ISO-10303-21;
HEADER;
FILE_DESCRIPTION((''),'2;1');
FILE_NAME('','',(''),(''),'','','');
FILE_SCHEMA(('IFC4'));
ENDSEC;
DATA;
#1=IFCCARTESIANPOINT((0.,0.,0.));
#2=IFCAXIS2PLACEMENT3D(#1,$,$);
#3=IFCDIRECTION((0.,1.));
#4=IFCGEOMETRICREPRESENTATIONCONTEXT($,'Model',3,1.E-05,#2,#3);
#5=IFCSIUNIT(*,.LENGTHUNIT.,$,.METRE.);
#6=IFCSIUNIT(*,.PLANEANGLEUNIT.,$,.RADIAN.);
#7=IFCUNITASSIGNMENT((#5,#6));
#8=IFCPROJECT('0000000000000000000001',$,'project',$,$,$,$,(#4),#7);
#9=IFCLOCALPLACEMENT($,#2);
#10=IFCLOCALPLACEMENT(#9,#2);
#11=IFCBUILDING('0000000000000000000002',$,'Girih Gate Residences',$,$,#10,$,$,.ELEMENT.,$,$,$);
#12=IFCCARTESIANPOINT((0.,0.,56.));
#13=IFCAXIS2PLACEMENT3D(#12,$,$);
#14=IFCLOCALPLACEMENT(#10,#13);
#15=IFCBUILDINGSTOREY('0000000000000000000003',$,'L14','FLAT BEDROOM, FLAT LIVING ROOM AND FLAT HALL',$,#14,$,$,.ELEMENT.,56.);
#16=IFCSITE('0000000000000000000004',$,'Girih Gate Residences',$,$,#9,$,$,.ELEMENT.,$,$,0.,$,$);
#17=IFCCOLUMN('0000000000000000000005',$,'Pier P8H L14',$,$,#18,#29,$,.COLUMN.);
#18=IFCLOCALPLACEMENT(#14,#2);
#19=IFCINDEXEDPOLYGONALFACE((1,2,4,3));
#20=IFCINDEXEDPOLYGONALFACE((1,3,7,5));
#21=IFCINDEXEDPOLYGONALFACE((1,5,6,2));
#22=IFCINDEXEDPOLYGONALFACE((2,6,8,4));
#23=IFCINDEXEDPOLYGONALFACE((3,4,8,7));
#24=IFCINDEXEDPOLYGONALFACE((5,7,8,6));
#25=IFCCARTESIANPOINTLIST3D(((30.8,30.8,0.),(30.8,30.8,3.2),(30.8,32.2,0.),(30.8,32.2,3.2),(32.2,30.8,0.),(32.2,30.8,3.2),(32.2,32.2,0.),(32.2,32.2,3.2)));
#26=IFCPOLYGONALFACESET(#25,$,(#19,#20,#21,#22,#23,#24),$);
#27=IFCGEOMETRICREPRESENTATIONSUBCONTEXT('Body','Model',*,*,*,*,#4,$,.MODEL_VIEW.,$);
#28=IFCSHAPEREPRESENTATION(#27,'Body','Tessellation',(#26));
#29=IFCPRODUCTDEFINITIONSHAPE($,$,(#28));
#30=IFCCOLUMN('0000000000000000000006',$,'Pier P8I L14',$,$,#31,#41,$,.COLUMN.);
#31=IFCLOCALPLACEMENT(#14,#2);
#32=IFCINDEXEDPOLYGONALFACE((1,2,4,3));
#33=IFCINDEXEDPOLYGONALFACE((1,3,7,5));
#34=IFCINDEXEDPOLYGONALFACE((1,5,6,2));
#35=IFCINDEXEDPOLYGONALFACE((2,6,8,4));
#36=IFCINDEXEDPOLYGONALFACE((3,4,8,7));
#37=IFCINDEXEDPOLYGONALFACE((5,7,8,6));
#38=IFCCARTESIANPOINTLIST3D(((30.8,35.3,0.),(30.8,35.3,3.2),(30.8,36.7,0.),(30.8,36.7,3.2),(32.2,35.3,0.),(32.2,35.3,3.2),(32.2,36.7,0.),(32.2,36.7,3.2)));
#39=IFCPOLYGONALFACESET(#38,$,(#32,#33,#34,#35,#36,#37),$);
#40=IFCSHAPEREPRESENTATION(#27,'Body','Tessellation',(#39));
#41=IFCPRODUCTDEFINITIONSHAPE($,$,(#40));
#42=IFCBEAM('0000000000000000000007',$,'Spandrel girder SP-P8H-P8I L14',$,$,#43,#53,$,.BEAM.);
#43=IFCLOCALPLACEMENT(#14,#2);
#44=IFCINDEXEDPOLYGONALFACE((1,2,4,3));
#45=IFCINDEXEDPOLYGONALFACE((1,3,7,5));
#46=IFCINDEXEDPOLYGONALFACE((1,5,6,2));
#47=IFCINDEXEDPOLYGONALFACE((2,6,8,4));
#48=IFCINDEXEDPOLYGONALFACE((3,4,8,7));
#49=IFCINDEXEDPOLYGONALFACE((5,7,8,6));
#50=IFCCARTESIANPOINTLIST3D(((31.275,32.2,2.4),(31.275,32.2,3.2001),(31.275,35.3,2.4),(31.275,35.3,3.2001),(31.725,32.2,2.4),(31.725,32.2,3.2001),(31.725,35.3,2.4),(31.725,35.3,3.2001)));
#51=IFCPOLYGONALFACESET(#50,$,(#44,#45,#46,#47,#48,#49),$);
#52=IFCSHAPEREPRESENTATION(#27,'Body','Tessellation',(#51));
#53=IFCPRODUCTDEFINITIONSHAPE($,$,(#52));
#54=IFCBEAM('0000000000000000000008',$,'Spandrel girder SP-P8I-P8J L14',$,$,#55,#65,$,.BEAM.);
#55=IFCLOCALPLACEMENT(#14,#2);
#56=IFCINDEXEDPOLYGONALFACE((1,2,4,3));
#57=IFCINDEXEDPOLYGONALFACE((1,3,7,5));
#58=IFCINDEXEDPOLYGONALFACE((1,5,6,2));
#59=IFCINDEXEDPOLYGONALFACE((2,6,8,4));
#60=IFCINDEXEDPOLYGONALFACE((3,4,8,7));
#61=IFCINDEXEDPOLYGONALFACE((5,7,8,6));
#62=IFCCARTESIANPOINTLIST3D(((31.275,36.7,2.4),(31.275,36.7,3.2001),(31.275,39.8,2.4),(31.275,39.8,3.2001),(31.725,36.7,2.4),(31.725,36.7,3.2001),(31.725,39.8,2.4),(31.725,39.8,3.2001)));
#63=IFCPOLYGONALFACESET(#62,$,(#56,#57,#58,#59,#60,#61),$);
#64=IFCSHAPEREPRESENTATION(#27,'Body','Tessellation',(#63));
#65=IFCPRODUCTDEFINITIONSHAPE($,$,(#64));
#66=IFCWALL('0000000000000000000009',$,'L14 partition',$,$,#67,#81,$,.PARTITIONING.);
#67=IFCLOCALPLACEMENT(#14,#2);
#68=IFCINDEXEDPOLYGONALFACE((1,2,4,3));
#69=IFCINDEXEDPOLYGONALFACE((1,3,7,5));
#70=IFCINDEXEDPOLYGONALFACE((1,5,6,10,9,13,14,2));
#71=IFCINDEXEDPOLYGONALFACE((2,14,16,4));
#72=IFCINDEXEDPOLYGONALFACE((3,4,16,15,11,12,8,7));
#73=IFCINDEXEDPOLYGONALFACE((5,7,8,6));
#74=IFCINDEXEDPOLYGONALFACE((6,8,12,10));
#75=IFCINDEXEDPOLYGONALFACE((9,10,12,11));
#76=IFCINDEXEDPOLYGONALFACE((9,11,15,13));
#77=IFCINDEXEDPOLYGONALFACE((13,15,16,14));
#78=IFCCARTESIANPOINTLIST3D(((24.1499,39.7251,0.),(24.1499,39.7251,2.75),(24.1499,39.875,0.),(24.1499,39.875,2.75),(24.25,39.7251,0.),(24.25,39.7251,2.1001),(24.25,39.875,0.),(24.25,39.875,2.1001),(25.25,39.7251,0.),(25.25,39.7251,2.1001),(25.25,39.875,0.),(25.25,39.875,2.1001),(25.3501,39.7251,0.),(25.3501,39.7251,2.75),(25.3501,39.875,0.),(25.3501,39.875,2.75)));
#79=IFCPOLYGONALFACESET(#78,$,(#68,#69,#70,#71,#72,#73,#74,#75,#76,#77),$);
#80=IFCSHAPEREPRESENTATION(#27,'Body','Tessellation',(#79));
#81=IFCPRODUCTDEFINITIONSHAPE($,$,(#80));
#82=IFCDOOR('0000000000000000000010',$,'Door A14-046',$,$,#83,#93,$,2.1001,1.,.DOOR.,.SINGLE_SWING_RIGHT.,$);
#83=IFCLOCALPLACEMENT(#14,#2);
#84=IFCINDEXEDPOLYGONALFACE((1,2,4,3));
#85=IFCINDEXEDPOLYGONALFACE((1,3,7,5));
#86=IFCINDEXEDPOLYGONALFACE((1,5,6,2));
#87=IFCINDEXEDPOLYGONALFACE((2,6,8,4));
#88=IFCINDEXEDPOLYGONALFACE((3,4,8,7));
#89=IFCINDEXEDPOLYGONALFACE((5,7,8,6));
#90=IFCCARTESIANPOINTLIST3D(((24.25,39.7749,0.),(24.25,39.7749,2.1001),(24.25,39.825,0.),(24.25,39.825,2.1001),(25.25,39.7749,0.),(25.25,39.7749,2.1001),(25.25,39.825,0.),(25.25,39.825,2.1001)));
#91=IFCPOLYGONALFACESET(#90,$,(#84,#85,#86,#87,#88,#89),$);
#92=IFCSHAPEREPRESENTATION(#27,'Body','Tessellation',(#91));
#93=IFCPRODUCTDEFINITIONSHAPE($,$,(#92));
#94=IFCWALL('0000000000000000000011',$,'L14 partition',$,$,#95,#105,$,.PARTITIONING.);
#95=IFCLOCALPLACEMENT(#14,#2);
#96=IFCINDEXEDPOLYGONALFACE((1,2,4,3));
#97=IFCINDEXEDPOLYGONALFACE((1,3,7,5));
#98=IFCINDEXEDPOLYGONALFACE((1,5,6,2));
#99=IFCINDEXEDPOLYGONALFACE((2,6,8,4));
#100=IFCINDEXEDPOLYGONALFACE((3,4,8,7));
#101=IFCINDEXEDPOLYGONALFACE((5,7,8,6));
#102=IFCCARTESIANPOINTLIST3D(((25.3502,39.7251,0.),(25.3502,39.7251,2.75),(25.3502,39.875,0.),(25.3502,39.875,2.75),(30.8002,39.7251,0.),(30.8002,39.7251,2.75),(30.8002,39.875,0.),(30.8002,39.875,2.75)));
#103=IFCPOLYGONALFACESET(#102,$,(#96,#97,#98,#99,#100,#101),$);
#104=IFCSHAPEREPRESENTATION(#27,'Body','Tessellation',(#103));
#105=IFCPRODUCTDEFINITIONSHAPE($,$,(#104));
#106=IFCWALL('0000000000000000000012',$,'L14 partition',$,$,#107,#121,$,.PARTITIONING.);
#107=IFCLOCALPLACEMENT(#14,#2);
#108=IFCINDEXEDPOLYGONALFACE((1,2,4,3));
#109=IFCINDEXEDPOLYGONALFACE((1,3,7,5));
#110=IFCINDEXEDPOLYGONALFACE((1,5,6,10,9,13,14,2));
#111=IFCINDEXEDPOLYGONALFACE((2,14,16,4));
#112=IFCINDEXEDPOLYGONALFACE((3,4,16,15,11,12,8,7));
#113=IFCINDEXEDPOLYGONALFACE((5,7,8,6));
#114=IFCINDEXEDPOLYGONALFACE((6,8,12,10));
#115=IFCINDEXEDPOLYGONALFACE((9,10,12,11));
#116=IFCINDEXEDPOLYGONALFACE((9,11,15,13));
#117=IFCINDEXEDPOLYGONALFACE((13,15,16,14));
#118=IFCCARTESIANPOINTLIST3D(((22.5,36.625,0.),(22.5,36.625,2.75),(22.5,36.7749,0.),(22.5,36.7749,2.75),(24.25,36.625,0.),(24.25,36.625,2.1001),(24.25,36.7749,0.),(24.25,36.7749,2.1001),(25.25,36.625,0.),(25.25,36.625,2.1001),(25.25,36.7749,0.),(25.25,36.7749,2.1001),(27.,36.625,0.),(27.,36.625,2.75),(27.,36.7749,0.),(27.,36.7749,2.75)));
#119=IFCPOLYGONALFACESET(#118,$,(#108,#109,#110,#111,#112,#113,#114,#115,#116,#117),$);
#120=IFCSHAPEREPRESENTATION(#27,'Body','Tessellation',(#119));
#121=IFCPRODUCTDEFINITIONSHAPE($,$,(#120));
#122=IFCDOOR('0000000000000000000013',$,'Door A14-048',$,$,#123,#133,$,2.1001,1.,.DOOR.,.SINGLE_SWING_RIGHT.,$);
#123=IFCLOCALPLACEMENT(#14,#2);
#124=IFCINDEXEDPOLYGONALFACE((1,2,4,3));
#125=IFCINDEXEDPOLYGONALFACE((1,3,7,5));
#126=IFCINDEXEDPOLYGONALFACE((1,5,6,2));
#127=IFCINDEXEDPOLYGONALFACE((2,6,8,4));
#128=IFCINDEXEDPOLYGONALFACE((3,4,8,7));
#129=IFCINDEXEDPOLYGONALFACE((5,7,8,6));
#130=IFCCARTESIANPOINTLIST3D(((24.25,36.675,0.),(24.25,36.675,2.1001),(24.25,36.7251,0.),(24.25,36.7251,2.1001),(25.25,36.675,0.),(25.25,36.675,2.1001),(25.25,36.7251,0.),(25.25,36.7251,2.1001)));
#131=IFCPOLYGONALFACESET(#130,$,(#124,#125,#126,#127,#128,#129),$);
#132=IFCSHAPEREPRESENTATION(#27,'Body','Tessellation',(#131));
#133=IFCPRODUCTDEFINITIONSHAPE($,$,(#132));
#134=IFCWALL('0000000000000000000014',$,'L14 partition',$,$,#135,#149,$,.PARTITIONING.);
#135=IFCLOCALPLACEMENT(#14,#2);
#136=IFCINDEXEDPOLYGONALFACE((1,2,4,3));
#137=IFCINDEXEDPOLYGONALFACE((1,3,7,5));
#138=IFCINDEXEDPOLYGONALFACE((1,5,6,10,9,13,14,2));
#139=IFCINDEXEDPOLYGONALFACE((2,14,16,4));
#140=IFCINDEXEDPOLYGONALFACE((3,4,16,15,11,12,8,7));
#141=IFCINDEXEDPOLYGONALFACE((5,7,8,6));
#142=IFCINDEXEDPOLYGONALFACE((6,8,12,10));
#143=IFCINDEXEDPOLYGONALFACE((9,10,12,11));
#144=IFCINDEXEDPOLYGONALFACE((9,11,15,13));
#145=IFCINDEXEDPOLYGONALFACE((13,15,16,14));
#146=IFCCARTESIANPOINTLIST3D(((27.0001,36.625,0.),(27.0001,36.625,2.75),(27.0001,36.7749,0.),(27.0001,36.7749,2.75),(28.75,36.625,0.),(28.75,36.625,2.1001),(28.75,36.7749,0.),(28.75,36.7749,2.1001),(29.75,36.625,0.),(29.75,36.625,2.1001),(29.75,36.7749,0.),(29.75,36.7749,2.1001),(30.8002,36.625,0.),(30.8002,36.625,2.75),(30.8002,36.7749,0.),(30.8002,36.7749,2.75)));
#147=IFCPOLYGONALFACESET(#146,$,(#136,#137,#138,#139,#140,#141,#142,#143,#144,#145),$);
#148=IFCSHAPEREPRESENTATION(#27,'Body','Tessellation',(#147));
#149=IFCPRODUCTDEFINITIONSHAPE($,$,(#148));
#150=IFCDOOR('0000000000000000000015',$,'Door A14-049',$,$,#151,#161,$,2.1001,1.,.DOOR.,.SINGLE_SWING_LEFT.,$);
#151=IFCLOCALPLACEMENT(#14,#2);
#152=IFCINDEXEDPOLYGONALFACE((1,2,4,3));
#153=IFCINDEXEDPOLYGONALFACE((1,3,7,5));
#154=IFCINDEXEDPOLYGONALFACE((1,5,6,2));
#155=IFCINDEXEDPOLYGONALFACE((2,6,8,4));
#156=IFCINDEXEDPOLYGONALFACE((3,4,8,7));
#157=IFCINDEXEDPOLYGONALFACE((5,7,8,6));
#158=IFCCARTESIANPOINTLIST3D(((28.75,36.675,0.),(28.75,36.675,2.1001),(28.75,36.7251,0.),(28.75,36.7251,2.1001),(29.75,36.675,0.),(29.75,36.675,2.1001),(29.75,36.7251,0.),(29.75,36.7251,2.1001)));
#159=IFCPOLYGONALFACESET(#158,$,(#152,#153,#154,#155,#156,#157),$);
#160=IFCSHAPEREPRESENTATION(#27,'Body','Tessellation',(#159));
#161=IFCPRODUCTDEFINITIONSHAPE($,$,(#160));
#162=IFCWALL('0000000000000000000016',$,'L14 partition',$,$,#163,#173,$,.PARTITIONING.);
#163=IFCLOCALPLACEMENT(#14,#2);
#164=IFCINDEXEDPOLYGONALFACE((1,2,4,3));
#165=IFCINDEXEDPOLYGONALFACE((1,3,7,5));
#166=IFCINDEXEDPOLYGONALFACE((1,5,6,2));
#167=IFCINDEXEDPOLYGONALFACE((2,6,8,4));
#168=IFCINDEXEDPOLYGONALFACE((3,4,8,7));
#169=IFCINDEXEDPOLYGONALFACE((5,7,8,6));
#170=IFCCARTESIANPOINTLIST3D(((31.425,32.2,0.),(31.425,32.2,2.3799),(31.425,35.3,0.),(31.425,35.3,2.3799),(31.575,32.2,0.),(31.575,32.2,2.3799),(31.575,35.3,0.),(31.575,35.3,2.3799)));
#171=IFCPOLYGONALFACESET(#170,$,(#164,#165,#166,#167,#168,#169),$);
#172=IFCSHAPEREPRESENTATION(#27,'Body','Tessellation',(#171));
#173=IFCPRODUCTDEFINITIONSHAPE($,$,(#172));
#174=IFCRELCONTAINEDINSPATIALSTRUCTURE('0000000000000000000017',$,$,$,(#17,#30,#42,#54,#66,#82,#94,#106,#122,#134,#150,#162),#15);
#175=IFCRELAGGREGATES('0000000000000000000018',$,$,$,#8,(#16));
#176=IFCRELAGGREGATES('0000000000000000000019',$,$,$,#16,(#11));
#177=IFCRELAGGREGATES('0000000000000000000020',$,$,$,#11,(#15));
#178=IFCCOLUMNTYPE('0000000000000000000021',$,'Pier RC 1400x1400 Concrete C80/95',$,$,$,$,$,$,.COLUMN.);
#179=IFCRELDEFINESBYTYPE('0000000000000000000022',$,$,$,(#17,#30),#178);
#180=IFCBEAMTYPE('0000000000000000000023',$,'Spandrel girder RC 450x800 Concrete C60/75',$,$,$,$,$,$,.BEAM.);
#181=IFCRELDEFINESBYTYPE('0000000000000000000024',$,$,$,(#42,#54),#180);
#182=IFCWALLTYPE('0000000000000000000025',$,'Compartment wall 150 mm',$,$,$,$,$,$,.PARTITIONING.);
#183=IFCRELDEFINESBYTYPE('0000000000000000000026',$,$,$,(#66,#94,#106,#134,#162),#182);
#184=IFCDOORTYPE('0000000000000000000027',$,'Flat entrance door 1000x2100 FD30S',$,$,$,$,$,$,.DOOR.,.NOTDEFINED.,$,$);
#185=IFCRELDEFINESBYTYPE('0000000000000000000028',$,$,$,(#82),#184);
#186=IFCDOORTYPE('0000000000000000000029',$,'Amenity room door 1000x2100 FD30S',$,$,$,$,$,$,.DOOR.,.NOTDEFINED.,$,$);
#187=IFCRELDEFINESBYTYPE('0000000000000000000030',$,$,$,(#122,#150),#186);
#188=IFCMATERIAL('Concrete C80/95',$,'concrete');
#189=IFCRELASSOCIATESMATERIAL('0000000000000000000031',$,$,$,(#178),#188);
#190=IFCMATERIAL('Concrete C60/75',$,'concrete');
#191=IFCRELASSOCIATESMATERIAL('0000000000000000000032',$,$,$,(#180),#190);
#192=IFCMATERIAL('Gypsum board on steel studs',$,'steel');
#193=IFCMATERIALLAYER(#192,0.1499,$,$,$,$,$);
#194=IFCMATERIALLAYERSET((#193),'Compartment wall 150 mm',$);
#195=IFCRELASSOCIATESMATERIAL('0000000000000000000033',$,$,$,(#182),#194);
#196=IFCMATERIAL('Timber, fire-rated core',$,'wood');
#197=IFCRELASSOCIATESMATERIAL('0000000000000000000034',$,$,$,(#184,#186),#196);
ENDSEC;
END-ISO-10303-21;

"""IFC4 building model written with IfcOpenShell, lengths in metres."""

from ifc_helpers import new_model, si_unit, direction, frame, frame_2d, origin, origin_2d, place, context, subcontext, project, spatial, rectangle, extrude, material, layer, layer_set, material_profile, profile_set, type_object, element, fill, save


model = new_model("IFC4")

# Units and contexts
model_context = context("Model", 3, precision=1e-05, world=origin(), true_north=direction((0.0, 1.0)))
body_context = subcontext(model_context, "Body", "Model", "MODEL_VIEW")
ifc_project = project(units=[si_unit("LENGTHUNIT", "METRE"), si_unit("PLANEANGLEUNIT", "RADIAN")], contexts=[model_context])

# Site, building, storey
site_placement = place(None, origin())
site = spatial("IfcSite", under=ifc_project, at=site_placement, Name="Girih Gate Residences", CompositionType="ELEMENT", RefElevation=0.0)
building_placement = place(site_placement, origin())
building = spatial("IfcBuilding", under=site, at=building_placement, Name="Girih Gate Residences", CompositionType="ELEMENT")
storey_placement = place(building_placement, frame((0.0, 0.0, 56.0)))
storey = spatial("IfcBuildingStorey", under=building, at=storey_placement, Name="L14", Description="FLAT BEDROOM, FLAT LIVING ROOM AND FLAT HALL", CompositionType="ELEMENT", Elevation=56.0)

# Columns
ifc_material_1 = material(Name="Concrete C80/95", Category="concrete")
ifc_material_profile_1 = material_profile(ifc_material_1, rectangle(XDim=1.3999, YDim=1.3999, at=origin_2d()))
ifc_profile_set_1 = profile_set([ifc_material_profile_1], Name="Concrete C80/95")
column_type = type_object("IfcColumnType", Name="Pier RC 1400x1400 Concrete C80/95", PredefinedType="COLUMN", material=ifc_profile_set_1)
for number, where, z_axis, x_axis, name in (
    (1, (31.5, 31.5, 0.0), (0.0, 0.0, 1.0), (1.0, 0.0, 0.0), "Pier P8H L14"),
    (2, (31.5, 36.0, 0.0), (0.0, 0.0, 1.0), (1.0, 0.0, 0.0), "Pier P8I L14"),
):
    element("IfcColumn", number, at=place(storey_placement, frame(where, z_axis=z_axis, x_axis=x_axis)), inside=storey, type_object=column_type, Name=name, PredefinedType="COLUMN", context=body_context, shape_type="SweptSolid", body=[
        extrude(rectangle(XDim=1.3999, YDim=1.3999, at=origin_2d()), origin(), (0.0, 0.0, 1.0), 3.2),
    ])

# Beams
ifc_material_2 = material(Name="Concrete C60/75", Category="concrete")
ifc_material_profile_2 = material_profile(ifc_material_2, rectangle(XDim=0.45, YDim=0.8, at=origin_2d()))
ifc_profile_set_2 = profile_set([ifc_material_profile_2], Name="Concrete C60/75")
beam_type = type_object("IfcBeamType", Name="Spandrel girder RC 450x800 Concrete C60/75", PredefinedType="BEAM", material=ifc_profile_set_2)
for number, where, z_axis, x_axis, name in (
    (3, (31.5, 32.2, 2.8), (0.0, 1.0, 0.0), (-1.0, 0.0, 0.0), "Spandrel girder SP-P8H-P8I L14"),
    (4, (31.5, 36.7, 2.8), (0.0, 1.0, 0.0), (-1.0, 0.0, 0.0), "Spandrel girder SP-P8I-P8J L14"),
):
    element("IfcBeam", number, at=place(storey_placement, frame(where, z_axis=z_axis, x_axis=x_axis)), inside=storey, type_object=beam_type, Name=name, PredefinedType="BEAM", context=body_context, shape_type="SweptSolid", body=[
        extrude(rectangle(XDim=0.45, YDim=0.8, at=origin_2d()), origin(), (0.0, 0.0, 1.0), 3.1001),
    ])

# Wall, opening, door
ifc_material_3 = material(Name="Gypsum board on steel studs", Category="steel")
ifc_layer_1 = layer(ifc_material_3, 0.1499)
ifc_layer_set_1 = layer_set([ifc_layer_1], Name="Compartment wall 150 mm")
wall_type_1 = type_object("IfcWallType", Name="Compartment wall 150 mm", PredefinedType="PARTITIONING", material=ifc_layer_set_1)
wall_1_placement = place(storey_placement, frame((24.1499, 39.8, 0.0), z_axis=(0.0, 0.0, 1.0), x_axis=(1.0, 0.0, 0.0)))
wall_1 = element("IfcWall", 5, at=wall_1_placement, inside=storey, type_object=wall_type_1, Name="L14 partition", PredefinedType="PARTITIONING", context=body_context, shape_type="SweptSolid", body=[
    extrude(rectangle(XDim=1.2002, YDim=0.1499, at=frame_2d((0.6001, 0.0))), origin(), (0.0, 0.0, 1.0), 2.75),
])
opening_1_placement = place(wall_1_placement, frame((0.1001, 0.0, 0.0)))
opening_1 = element("IfcOpeningElement", 6, at=opening_1_placement, cuts=wall_1, PredefinedType="OPENING", context=body_context, shape_type="SweptSolid", body=[
    extrude(rectangle(XDim=1.0, YDim=2.1001, at=frame_2d((0.5, 1.05))), frame((0.0, 0.085, 0.0), z_axis=(0.0, -1.0, 0.0), x_axis=(1.0, 0.0, 0.0)), (0.0, 0.0, 1.0), 0.1699),
])
ifc_material_4 = material(Name="Timber, fire-rated core", Category="wood")
door_type_1 = type_object("IfcDoorType", Name="Flat entrance door 1000x2100 FD30S", OperationType="NOTDEFINED", PredefinedType="DOOR", material=ifc_material_4)
door_1_placement = place(opening_1_placement, origin())
door_1 = element("IfcDoor", 7, at=door_1_placement, inside=storey, type_object=door_type_1, Name="Door A14-046", OperationType="SINGLE_SWING_RIGHT", OverallHeight=2.1001, OverallWidth=1.0, PredefinedType="DOOR", context=body_context, shape_type="SweptSolid", body=[
    extrude(rectangle(XDim=1.0, YDim=2.1001, at=frame_2d((0.5, 1.05))), frame((0.0, 0.0249, 0.0), z_axis=(0.0, -1.0, 0.0), x_axis=(1.0, 0.0, 0.0)), (0.0, 0.0, 1.0), 0.05),
])
fill(opening_1, door_1)

# Wall
wall_2_placement = place(storey_placement, frame((25.3501, 39.8, 0.0), z_axis=(0.0, 0.0, 1.0), x_axis=(1.0, 0.0, 0.0)))
element("IfcWall", 8, at=wall_2_placement, inside=storey, type_object=wall_type_1, Name="L14 partition", PredefinedType="PARTITIONING", context=body_context, shape_type="SweptSolid", body=[
    extrude(rectangle(XDim=5.45, YDim=0.1499, at=frame_2d((2.7251, 0.0))), origin(), (0.0, 0.0, 1.0), 2.75),
])

# Walls, openings, doors
wall_3_placement = place(storey_placement, frame((27.0, 36.7, 0.0), z_axis=(0.0, 0.0, 1.0), x_axis=(-1.0, 0.0, 0.0)))
wall_3 = element("IfcWall", 9, at=wall_3_placement, inside=storey, type_object=wall_type_1, Name="L14 partition", PredefinedType="PARTITIONING", context=body_context, shape_type="SweptSolid", body=[
    extrude(rectangle(XDim=4.5, YDim=0.1499, at=frame_2d((2.25, 0.0))), origin(), (0.0, 0.0, 1.0), 2.75),
])
opening_2_placement = place(wall_3_placement, frame((1.75, 0.0, 0.0)))
opening_2 = element("IfcOpeningElement", 10, at=opening_2_placement, cuts=wall_3, PredefinedType="OPENING", context=body_context, shape_type="SweptSolid", body=[
    extrude(rectangle(XDim=1.0, YDim=2.1001, at=frame_2d((0.5, 1.05))), frame((0.0, 0.085, 0.0), z_axis=(0.0, -1.0, 0.0), x_axis=(1.0, 0.0, 0.0)), (0.0, 0.0, 1.0), 0.1699),
])
door_type_2 = type_object("IfcDoorType", Name="Amenity room door 1000x2100 FD30S", OperationType="NOTDEFINED", PredefinedType="DOOR", material=ifc_material_4)
door_2_placement = place(opening_2_placement, origin())
door_2 = element("IfcDoor", 11, at=door_2_placement, inside=storey, type_object=door_type_2, Name="Door A14-048", OperationType="SINGLE_SWING_RIGHT", OverallHeight=2.1001, OverallWidth=1.0, PredefinedType="DOOR", context=body_context, shape_type="SweptSolid", body=[
    extrude(rectangle(XDim=1.0, YDim=2.1001, at=frame_2d((0.5, 1.05))), frame((0.0, 0.0249, 0.0), z_axis=(0.0, -1.0, 0.0), x_axis=(1.0, 0.0, 0.0)), (0.0, 0.0, 1.0), 0.05),
])
fill(opening_2, door_2)
wall_4_placement = place(storey_placement, frame((30.8, 36.7, 0.0), z_axis=(0.0, 0.0, 1.0), x_axis=(-1.0, 0.0, 0.0)))
wall_4 = element("IfcWall", 12, at=wall_4_placement, inside=storey, type_object=wall_type_1, Name="L14 partition", PredefinedType="PARTITIONING", context=body_context, shape_type="SweptSolid", body=[
    extrude(rectangle(XDim=3.8, YDim=0.1499, at=frame_2d((1.8999, 0.0))), origin(), (0.0, 0.0, 1.0), 2.75),
])
opening_3_placement = place(wall_4_placement, frame((1.05, 0.0, 0.0)))
opening_3 = element("IfcOpeningElement", 13, at=opening_3_placement, cuts=wall_4, PredefinedType="OPENING", context=body_context, shape_type="SweptSolid", body=[
    extrude(rectangle(XDim=1.0, YDim=2.1001, at=frame_2d((0.5, 1.05))), frame((0.0, 0.085, 0.0), z_axis=(0.0, -1.0, 0.0), x_axis=(1.0, 0.0, 0.0)), (0.0, 0.0, 1.0), 0.1699),
])
door_3_placement = place(opening_3_placement, origin())
door_3 = element("IfcDoor", 14, at=door_3_placement, inside=storey, type_object=door_type_2, Name="Door A14-049", OperationType="SINGLE_SWING_LEFT", OverallHeight=2.1001, OverallWidth=1.0, PredefinedType="DOOR", context=body_context, shape_type="SweptSolid", body=[
    extrude(rectangle(XDim=1.0, YDim=2.1001, at=frame_2d((0.5, 1.05))), frame((0.0, 0.0249, 0.0), z_axis=(0.0, -1.0, 0.0), x_axis=(1.0, 0.0, 0.0)), (0.0, 0.0, 1.0), 0.05),
])
fill(opening_3, door_3)

# Wall
wall_5_placement = place(storey_placement, frame((31.5, 32.2, 0.0), z_axis=(0.0, 0.0, 1.0), x_axis=(0.0, 1.0, 0.0)))
element("IfcWall", 15, at=wall_5_placement, inside=storey, type_object=wall_type_1, Name="L14 partition", PredefinedType="PARTITIONING", context=body_context, shape_type="SweptSolid", body=[
    extrude(rectangle(XDim=3.1001, YDim=0.1499, at=frame_2d((1.55, 0.0))), origin(), (0.0, 0.0, 1.0), 2.3799),
])

save(model, "model.ifc")
